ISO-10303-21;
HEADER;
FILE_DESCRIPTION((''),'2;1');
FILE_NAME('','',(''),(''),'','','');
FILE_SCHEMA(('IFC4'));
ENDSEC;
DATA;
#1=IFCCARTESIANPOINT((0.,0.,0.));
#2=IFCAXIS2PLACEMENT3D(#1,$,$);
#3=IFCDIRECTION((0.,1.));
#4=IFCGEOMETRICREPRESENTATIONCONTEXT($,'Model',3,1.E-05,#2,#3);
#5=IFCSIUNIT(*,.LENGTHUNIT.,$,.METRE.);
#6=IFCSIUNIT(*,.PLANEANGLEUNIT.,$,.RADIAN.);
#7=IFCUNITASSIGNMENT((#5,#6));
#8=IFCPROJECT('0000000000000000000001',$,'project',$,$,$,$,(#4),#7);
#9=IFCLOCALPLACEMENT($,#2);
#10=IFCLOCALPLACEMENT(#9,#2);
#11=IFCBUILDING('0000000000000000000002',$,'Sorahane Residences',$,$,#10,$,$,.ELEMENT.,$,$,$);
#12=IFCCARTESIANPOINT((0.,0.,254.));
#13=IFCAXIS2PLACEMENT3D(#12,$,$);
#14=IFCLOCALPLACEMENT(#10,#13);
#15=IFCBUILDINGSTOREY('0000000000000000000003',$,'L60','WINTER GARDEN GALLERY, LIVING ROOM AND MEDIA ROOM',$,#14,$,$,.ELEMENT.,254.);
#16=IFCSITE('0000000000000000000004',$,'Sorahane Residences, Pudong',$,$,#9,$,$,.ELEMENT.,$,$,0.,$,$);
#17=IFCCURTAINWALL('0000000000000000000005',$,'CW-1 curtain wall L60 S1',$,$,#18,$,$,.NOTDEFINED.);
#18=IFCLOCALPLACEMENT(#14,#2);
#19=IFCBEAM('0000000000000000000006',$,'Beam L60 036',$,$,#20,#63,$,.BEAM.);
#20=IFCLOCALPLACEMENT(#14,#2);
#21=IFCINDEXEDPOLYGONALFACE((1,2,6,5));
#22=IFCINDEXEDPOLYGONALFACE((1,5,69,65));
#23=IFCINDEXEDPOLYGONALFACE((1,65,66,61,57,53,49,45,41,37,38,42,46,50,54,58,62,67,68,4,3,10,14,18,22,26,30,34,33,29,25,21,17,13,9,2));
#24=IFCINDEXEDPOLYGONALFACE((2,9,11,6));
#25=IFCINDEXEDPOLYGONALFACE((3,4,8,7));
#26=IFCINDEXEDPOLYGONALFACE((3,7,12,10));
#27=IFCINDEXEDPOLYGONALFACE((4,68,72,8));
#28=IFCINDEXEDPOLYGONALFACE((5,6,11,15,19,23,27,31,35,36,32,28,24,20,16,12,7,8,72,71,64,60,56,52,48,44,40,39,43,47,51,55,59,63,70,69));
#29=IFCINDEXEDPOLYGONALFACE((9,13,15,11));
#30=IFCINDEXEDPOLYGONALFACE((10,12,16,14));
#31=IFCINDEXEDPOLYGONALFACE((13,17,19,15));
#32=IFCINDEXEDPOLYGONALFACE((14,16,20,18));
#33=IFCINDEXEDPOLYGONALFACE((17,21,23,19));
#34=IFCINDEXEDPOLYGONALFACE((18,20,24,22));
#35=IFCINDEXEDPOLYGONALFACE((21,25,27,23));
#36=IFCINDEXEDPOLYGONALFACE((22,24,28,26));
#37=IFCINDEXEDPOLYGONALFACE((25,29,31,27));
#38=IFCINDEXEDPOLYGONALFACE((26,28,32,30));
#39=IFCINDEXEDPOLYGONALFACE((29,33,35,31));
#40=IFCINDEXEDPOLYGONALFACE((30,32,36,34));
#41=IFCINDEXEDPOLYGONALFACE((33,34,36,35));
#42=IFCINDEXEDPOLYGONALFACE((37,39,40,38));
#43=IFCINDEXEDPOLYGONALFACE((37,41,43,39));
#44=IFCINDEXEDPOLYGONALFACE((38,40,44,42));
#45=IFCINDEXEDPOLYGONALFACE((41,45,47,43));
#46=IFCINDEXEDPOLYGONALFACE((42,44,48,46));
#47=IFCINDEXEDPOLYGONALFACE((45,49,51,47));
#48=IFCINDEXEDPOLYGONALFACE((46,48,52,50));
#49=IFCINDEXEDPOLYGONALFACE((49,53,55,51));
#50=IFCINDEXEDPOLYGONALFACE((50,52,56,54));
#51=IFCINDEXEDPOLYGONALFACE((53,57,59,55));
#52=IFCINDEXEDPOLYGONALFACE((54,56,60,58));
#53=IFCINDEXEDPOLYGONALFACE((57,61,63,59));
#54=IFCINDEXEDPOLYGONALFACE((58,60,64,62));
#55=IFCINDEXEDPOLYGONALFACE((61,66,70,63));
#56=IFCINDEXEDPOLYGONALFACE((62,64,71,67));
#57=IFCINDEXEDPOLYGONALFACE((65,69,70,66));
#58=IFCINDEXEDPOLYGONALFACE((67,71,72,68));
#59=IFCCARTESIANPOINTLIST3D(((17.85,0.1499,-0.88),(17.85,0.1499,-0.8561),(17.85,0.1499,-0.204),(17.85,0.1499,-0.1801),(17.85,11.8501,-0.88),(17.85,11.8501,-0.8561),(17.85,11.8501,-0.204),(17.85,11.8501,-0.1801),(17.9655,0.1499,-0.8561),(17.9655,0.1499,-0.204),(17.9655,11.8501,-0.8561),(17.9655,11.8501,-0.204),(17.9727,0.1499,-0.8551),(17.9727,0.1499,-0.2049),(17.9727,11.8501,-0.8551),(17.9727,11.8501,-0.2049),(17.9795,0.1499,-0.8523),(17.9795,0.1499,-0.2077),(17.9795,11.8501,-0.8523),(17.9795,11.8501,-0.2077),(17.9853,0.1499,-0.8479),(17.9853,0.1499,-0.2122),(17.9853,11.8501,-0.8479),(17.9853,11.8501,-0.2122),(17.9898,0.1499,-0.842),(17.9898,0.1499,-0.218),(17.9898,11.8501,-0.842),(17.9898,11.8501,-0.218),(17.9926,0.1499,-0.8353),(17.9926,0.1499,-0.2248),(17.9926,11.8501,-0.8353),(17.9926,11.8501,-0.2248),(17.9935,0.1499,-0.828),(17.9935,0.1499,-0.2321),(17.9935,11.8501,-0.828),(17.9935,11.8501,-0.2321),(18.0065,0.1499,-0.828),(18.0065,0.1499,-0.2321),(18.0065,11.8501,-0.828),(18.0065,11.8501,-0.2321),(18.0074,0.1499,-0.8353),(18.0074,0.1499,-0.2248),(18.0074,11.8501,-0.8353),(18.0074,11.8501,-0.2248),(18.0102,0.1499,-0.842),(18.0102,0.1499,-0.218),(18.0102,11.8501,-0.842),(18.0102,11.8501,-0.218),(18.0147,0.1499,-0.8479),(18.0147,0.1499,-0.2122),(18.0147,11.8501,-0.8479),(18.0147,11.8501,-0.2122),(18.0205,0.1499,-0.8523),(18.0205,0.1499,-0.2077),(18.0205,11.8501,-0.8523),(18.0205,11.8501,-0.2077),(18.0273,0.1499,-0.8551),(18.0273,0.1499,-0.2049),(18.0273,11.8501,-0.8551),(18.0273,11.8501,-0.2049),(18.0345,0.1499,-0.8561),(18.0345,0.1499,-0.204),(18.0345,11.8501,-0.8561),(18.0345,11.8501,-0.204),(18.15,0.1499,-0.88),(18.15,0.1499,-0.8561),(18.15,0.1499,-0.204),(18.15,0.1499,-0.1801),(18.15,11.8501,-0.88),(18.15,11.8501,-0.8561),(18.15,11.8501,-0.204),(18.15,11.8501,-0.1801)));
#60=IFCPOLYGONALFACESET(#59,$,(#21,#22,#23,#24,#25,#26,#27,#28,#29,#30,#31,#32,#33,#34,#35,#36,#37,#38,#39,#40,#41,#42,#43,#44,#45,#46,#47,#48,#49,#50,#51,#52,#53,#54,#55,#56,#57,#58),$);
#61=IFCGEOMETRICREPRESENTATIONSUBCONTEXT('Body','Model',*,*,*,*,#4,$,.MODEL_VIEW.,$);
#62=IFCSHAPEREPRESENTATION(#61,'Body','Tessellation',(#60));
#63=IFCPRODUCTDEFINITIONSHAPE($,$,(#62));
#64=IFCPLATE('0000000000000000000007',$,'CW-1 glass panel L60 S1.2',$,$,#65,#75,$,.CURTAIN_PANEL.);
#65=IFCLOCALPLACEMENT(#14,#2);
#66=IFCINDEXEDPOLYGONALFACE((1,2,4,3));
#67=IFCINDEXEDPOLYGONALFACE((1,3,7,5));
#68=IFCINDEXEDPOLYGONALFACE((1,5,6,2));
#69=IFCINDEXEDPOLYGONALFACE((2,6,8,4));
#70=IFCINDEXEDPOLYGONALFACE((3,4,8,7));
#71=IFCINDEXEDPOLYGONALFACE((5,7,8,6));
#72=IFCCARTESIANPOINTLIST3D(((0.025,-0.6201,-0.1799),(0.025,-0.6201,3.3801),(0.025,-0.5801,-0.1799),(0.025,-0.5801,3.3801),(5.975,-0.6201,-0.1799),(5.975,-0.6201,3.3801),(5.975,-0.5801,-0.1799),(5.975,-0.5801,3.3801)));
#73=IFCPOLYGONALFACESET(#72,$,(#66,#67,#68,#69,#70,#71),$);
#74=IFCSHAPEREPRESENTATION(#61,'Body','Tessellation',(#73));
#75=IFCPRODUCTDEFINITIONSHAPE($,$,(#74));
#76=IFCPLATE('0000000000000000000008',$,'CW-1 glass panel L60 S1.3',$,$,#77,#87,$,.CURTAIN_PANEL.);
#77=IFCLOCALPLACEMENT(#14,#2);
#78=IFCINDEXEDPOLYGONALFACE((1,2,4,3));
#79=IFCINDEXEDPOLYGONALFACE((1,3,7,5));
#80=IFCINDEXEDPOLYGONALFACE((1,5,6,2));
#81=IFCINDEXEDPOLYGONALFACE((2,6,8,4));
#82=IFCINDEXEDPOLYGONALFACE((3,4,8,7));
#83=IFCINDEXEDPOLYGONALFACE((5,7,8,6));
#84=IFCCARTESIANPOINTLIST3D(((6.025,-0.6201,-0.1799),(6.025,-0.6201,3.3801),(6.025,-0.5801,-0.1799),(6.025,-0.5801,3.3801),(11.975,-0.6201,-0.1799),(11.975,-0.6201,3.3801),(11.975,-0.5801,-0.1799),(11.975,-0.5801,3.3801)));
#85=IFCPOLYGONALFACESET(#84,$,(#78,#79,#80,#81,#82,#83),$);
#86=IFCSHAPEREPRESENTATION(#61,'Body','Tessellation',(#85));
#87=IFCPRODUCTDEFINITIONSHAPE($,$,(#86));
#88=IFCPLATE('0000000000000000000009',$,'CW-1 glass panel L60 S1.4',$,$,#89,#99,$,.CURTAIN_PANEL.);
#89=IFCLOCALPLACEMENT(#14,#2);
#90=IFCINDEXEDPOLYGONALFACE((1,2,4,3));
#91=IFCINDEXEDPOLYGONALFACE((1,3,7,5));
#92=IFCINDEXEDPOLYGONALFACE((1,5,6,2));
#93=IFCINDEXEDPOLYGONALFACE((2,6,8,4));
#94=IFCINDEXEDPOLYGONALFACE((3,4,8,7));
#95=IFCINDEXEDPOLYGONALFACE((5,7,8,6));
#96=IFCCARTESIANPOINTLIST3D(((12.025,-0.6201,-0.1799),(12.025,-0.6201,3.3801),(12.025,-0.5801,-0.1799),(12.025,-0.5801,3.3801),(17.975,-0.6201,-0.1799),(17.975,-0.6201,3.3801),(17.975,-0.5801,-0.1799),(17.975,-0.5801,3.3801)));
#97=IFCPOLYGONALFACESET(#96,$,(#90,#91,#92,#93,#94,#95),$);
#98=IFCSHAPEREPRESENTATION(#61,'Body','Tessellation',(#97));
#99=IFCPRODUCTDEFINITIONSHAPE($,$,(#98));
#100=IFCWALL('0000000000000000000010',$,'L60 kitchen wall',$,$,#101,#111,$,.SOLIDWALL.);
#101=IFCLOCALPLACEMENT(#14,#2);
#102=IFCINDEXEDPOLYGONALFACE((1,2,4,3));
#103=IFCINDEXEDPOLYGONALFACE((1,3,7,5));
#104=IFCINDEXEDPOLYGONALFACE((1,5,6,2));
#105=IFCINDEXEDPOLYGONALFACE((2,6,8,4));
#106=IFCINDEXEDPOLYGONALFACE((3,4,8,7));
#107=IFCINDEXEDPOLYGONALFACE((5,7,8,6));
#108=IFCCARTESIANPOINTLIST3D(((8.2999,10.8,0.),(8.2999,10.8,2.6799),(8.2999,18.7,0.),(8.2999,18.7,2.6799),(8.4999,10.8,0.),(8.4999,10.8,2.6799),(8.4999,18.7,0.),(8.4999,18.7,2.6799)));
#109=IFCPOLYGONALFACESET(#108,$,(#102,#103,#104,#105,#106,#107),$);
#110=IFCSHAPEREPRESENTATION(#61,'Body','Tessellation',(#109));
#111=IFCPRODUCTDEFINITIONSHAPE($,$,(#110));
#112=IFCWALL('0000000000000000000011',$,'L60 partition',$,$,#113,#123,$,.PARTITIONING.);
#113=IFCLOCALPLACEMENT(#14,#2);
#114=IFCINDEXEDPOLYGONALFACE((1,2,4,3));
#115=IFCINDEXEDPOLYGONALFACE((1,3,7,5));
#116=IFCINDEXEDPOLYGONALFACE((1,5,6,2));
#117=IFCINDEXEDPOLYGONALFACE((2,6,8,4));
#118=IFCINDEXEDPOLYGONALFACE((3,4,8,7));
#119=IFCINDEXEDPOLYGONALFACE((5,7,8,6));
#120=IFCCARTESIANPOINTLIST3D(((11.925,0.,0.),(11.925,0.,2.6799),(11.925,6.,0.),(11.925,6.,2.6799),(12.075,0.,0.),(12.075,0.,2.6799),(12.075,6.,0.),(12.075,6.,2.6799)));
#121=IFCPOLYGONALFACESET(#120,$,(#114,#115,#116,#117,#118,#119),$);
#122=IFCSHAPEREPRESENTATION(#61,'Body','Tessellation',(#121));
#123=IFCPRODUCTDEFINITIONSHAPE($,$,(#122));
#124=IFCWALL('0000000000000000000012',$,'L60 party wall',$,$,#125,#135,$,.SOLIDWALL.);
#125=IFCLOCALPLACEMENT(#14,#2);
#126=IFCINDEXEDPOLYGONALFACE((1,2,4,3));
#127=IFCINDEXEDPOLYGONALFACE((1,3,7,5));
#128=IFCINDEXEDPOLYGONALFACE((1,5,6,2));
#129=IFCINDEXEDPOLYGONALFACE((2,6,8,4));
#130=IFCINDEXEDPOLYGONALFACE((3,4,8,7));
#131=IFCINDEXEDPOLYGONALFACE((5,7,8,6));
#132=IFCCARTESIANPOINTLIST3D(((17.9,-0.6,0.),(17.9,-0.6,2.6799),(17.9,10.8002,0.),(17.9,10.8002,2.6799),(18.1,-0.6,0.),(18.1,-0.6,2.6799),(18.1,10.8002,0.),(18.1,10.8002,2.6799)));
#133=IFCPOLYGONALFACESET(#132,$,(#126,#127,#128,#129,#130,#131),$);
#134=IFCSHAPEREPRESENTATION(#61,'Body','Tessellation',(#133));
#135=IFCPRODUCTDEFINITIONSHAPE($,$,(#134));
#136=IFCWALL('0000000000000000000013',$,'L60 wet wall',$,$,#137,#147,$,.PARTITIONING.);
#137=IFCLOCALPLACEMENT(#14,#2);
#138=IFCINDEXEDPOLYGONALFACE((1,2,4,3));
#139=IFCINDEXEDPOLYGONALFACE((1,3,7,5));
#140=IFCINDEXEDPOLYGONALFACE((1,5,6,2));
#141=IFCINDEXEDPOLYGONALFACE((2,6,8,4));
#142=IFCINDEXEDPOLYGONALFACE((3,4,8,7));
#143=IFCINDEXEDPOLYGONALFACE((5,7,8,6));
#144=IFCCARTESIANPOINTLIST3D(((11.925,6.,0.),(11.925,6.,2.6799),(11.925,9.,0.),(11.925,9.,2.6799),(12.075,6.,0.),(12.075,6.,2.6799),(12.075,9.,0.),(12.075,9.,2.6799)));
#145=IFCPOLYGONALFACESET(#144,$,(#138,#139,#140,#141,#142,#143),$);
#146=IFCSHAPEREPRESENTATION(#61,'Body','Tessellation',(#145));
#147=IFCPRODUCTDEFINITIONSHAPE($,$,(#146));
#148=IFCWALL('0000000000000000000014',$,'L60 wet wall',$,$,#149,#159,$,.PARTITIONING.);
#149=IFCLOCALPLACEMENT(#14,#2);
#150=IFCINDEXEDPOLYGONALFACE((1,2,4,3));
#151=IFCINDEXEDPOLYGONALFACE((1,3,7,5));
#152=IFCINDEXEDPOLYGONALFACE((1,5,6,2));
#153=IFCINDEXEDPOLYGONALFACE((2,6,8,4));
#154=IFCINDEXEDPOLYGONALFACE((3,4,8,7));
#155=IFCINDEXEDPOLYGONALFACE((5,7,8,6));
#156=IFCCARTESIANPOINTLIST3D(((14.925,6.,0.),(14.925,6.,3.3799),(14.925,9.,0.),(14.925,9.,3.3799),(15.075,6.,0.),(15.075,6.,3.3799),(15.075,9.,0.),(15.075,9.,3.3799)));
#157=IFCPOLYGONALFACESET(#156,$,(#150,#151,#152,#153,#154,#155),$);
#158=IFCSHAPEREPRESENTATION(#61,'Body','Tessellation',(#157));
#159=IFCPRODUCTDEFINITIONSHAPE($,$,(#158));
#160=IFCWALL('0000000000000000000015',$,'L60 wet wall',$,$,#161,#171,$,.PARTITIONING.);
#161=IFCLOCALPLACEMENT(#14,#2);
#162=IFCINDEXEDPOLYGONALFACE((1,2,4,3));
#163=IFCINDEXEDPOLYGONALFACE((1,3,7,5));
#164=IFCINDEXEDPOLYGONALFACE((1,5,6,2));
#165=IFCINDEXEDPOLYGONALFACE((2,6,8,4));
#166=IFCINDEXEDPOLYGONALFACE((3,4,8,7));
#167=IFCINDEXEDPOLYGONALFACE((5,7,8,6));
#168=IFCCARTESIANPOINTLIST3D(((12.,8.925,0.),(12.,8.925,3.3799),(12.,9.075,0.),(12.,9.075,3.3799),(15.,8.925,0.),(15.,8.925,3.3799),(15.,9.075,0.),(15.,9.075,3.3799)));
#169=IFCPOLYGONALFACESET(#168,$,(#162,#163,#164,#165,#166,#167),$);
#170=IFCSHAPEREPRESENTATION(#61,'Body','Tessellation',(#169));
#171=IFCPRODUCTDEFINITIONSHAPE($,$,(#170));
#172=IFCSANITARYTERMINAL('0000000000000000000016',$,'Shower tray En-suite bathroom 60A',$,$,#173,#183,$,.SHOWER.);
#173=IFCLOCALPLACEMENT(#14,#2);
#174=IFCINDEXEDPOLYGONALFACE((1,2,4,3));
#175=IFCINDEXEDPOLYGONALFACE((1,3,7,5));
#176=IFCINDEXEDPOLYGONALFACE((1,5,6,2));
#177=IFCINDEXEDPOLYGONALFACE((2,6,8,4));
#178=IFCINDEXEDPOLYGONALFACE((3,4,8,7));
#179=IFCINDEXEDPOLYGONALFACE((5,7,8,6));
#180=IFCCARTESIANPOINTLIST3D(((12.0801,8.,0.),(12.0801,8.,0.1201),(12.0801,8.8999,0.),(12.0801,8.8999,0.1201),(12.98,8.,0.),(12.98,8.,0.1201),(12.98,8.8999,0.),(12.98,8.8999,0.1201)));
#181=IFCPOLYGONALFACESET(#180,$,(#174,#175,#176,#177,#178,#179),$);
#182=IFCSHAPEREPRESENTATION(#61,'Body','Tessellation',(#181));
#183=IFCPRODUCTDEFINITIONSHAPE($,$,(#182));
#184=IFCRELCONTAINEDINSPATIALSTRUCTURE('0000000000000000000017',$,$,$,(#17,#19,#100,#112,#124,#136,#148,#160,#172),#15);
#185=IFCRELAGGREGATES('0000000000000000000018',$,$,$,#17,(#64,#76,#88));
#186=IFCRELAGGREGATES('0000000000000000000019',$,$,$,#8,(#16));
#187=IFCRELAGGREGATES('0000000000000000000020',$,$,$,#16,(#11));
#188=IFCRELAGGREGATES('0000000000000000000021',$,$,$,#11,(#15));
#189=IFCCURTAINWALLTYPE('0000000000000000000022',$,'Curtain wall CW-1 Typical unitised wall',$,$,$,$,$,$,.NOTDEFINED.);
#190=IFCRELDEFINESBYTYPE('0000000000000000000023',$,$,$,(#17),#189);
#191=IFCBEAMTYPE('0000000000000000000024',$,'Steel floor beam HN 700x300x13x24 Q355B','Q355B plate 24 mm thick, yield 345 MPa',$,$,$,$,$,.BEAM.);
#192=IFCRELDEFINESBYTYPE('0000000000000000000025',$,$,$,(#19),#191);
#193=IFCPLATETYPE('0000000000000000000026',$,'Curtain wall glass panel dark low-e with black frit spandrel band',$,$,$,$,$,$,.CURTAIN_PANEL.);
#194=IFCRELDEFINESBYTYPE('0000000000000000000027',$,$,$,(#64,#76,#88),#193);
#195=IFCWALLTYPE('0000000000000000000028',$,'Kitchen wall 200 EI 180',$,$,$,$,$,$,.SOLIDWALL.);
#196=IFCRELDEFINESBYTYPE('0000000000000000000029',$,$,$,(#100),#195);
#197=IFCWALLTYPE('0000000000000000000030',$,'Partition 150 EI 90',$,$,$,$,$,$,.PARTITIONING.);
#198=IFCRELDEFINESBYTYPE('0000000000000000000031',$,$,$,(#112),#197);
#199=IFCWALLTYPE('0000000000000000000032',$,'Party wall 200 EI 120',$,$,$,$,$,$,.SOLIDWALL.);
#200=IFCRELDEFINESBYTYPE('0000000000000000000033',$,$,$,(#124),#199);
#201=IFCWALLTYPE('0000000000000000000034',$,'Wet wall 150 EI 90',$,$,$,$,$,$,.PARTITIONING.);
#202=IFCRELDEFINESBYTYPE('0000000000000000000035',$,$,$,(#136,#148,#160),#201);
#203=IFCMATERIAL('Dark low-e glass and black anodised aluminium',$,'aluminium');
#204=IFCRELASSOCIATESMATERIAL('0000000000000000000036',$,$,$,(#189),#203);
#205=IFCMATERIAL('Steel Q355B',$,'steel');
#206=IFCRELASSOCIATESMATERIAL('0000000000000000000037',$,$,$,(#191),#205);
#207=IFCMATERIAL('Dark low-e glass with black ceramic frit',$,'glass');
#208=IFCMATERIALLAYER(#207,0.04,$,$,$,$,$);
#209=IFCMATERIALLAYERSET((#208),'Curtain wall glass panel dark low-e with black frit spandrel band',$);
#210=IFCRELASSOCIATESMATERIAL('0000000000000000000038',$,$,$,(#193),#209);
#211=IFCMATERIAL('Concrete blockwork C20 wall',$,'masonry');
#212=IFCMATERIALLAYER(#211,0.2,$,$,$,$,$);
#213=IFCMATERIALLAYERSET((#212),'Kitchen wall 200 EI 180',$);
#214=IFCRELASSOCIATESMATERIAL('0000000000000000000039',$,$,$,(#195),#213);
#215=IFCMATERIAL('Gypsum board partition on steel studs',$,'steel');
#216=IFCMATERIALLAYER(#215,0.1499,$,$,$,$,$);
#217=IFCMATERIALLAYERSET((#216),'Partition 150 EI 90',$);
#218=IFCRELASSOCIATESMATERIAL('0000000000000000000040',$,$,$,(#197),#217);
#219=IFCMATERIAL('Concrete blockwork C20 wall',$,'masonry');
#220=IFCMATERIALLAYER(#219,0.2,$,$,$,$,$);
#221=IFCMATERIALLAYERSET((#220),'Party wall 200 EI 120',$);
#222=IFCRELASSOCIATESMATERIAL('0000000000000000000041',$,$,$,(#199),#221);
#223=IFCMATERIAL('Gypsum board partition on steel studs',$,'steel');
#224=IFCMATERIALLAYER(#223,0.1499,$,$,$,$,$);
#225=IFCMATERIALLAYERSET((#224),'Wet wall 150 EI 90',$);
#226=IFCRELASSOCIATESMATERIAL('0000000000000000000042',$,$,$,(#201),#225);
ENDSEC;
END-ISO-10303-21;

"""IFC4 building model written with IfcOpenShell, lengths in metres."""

from ifc_helpers import new_model, si_unit, direction, frame, frame_2d, origin, origin_2d, place, context, subcontext, project, spatial, rectangle, i_section, extrude, material, layer, layer_set, material_profile, profile_set, type_object, element, aggregate, save


model = new_model("IFC4")

# Units and contexts
model_context = context("Model", 3, precision=1e-05, world=origin(), true_north=direction((0.0, 1.0)))
body_context = subcontext(model_context, "Body", "Model", "MODEL_VIEW")
ifc_project = project(units=[si_unit("LENGTHUNIT", "METRE"), si_unit("PLANEANGLEUNIT", "RADIAN")], contexts=[model_context])

# Site, building, storey
site_placement = place(None, origin())
site = spatial("IfcSite", under=ifc_project, at=site_placement, Name="Sorahane Residences, Pudong", CompositionType="ELEMENT", RefElevation=0.0)
building_placement = place(site_placement, origin())
building = spatial("IfcBuilding", under=site, at=building_placement, Name="Sorahane Residences", CompositionType="ELEMENT")
storey_placement = place(building_placement, frame((0.0, 0.0, 254.0)))
storey = spatial("IfcBuildingStorey", under=building, at=storey_placement, Name="L60", Description="WINTER GARDEN GALLERY, LIVING ROOM AND MEDIA ROOM", CompositionType="ELEMENT", Elevation=254.0)

# Curtain wall
ifc_material_1 = material(Name="Dark low-e glass and black anodised aluminium", Category="aluminium")
curtain_wall_type = type_object("IfcCurtainWallType", Name="Curtain wall CW-1 Typical unitised wall", PredefinedType="NOTDEFINED", material=ifc_material_1)
curtain_wall_placement = place(storey_placement, origin())
curtain_wall = element("IfcCurtainWall", 1, at=curtain_wall_placement, inside=storey, type_object=curtain_wall_type, Name="CW-1 curtain wall L60 S1", PredefinedType="NOTDEFINED")

# Beam
ifc_material_2 = material(Name="Steel Q355B", Category="steel")
ifc_material_profile_1 = material_profile(ifc_material_2, i_section(OverallWidth=0.3, OverallDepth=0.7, WebThickness=0.0129, FlangeThickness=0.0239, FilletRadius=0.0281, at=origin_2d()), Name="HN 700x300x13x24")
ifc_profile_set_1 = profile_set([ifc_material_profile_1], Name="Steel Q355B")
beam_type_1 = type_object("IfcBeamType", Name="Steel floor beam HN 700x300x13x24 Q355B", Description="Q355B plate 24 mm thick, yield 345 MPa", PredefinedType="BEAM", material=ifc_profile_set_1)
beam_1_placement = place(storey_placement, frame((18.0, 0.1499, -0.53), z_axis=(0.0, 1.0, 0.0), x_axis=(-1.0, 0.0, 0.0)))
element("IfcBeam", 2, at=beam_1_placement, inside=storey, type_object=beam_type_1, Name="Beam L60 036", PredefinedType="BEAM", context=body_context, shape_type="SweptSolid", body=[
    extrude(i_section(OverallWidth=0.3, OverallDepth=0.7, WebThickness=0.0129, FlangeThickness=0.0239, FilletRadius=0.0281, at=origin_2d()), origin(), (0.0, 0.0, 1.0), 11.7002),
])

# Plates
ifc_material_3 = material(Name="Dark low-e glass with black ceramic frit", Category="glass")
ifc_layer_1 = layer(ifc_material_3, 0.04)
ifc_layer_set_1 = layer_set([ifc_layer_1], Name="Curtain wall glass panel dark low-e with black frit spandrel band")
plate_type = type_object("IfcPlateType", Name="Curtain wall glass panel dark low-e with black frit spandrel band", PredefinedType="CURTAIN_PANEL", material=ifc_layer_set_1)
plate_1_placement = place(storey_placement, frame((3.0, -0.6001, -0.1799), z_axis=(0.0, 0.0, 1.0), x_axis=(1.0, 0.0, 0.0)))
plate_1 = element("IfcPlate", 3, at=plate_1_placement, type_object=plate_type, Name="CW-1 glass panel L60 S1.2", PredefinedType="CURTAIN_PANEL", context=body_context, shape_type="SweptSolid", body=[
    extrude(rectangle(XDim=5.95, YDim=0.04, at=origin_2d()), origin(), (0.0, 0.0, 1.0), 3.5601),
])
plate_2_placement = place(storey_placement, frame((9.0, -0.6001, -0.1799), z_axis=(0.0, 0.0, 1.0), x_axis=(1.0, 0.0, 0.0)))
plate_2 = element("IfcPlate", 4, at=plate_2_placement, type_object=plate_type, Name="CW-1 glass panel L60 S1.3", PredefinedType="CURTAIN_PANEL", context=body_context, shape_type="SweptSolid", body=[
    extrude(rectangle(XDim=5.95, YDim=0.04, at=origin_2d()), origin(), (0.0, 0.0, 1.0), 3.5601),
])
plate_3_placement = place(storey_placement, frame((15.0, -0.6001, -0.1799), z_axis=(0.0, 0.0, 1.0), x_axis=(1.0, 0.0, 0.0)))
plate_3 = element("IfcPlate", 5, at=plate_3_placement, type_object=plate_type, Name="CW-1 glass panel L60 S1.4", PredefinedType="CURTAIN_PANEL", context=body_context, shape_type="SweptSolid", body=[
    extrude(rectangle(XDim=5.95, YDim=0.04, at=origin_2d()), origin(), (0.0, 0.0, 1.0), 3.5601),
])
aggregate(curtain_wall, [plate_1, plate_2, plate_3])

# Walls
ifc_material_4 = material(Name="Concrete blockwork C20 wall", Category="masonry")
ifc_layer_2 = layer(ifc_material_4, 0.2)
ifc_layer_set_2 = layer_set([ifc_layer_2], Name="Kitchen wall 200 EI 180")
wall_type_1 = type_object("IfcWallType", Name="Kitchen wall 200 EI 180", PredefinedType="SOLIDWALL", material=ifc_layer_set_2)
wall_1_placement = place(storey_placement, frame((8.3999, 10.8, 0.0), z_axis=(0.0, 0.0, 1.0), x_axis=(0.0, 1.0, 0.0)))
element("IfcWall", 6, at=wall_1_placement, inside=storey, type_object=wall_type_1, Name="L60 kitchen wall", PredefinedType="SOLIDWALL", context=body_context, shape_type="SweptSolid", body=[
    extrude(rectangle(XDim=7.8999, YDim=0.2, at=frame_2d((3.95, 0.0))), origin(), (0.0, 0.0, 1.0), 2.6799),
])
ifc_material_5 = material(Name="Gypsum board partition on steel studs", Category="steel")
ifc_layer_3 = layer(ifc_material_5, 0.1499)
ifc_layer_set_3 = layer_set([ifc_layer_3], Name="Partition 150 EI 90")
wall_type_2 = type_object("IfcWallType", Name="Partition 150 EI 90", PredefinedType="PARTITIONING", material=ifc_layer_set_3)
wall_2_placement = place(storey_placement, frame((12.0, 0.0, 0.0), z_axis=(0.0, 0.0, 1.0), x_axis=(0.0, 1.0, 0.0)))
element("IfcWall", 7, at=wall_2_placement, inside=storey, type_object=wall_type_2, Name="L60 partition", PredefinedType="PARTITIONING", context=body_context, shape_type="SweptSolid", body=[
    extrude(rectangle(XDim=6.0, YDim=0.1499, at=frame_2d((3.0, 0.0))), origin(), (0.0, 0.0, 1.0), 2.6799),
])

# Walls
ifc_material_6 = material(Name="Concrete blockwork C20 wall", Category="masonry")
ifc_layer_4 = layer(ifc_material_6, 0.2)
ifc_layer_set_4 = layer_set([ifc_layer_4], Name="Party wall 200 EI 120")
wall_type_3 = type_object("IfcWallType", Name="Party wall 200 EI 120", PredefinedType="SOLIDWALL", material=ifc_layer_set_4)
wall_3_placement = place(storey_placement, frame((18.0, -0.6001, 0.0), z_axis=(0.0, 0.0, 1.0), x_axis=(0.0, 1.0, 0.0)))
element("IfcWall", 8, at=wall_3_placement, inside=storey, type_object=wall_type_3, Name="L60 party wall", PredefinedType="SOLIDWALL", context=body_context, shape_type="SweptSolid", body=[
    extrude(rectangle(XDim=11.4001, YDim=0.2, at=frame_2d((5.7002, 0.0))), origin(), (0.0, 0.0, 1.0), 2.6799),
])
ifc_material_7 = material(Name="Gypsum board partition on steel studs", Category="steel")
ifc_layer_5 = layer(ifc_material_7, 0.1499)
ifc_layer_set_5 = layer_set([ifc_layer_5], Name="Wet wall 150 EI 90")
wall_type_4 = type_object("IfcWallType", Name="Wet wall 150 EI 90", PredefinedType="PARTITIONING", material=ifc_layer_set_5)
wall_4_placement = place(storey_placement, frame((12.0, 6.0, 0.0), z_axis=(0.0, 0.0, 1.0), x_axis=(0.0, 1.0, 0.0)))
element("IfcWall", 9, at=wall_4_placement, inside=storey, type_object=wall_type_4, Name="L60 wet wall", PredefinedType="PARTITIONING", context=body_context, shape_type="SweptSolid", body=[
    extrude(rectangle(XDim=3.0, YDim=0.1499, at=frame_2d((1.5, 0.0))), origin(), (0.0, 0.0, 1.0), 2.6799),
])
wall_5_placement = place(storey_placement, frame((15.0, 6.0, 0.0), z_axis=(0.0, 0.0, 1.0), x_axis=(0.0, 1.0, 0.0)))
element("IfcWall", 10, at=wall_5_placement, inside=storey, type_object=wall_type_4, Name="L60 wet wall", PredefinedType="PARTITIONING", context=body_context, shape_type="SweptSolid", body=[
    extrude(rectangle(XDim=3.0, YDim=0.1499, at=frame_2d((1.5, 0.0))), origin(), (0.0, 0.0, 1.0), 3.3799),
])

# Wall
wall_6_placement = place(storey_placement, frame((12.0, 9.0, 0.0), z_axis=(0.0, 0.0, 1.0), x_axis=(1.0, 0.0, 0.0)))
element("IfcWall", 11, at=wall_6_placement, inside=storey, type_object=wall_type_4, Name="L60 wet wall", PredefinedType="PARTITIONING", context=body_context, shape_type="SweptSolid", body=[
    extrude(rectangle(XDim=3.0, YDim=0.1499, at=frame_2d((1.5, 0.0))), origin(), (0.0, 0.0, 1.0), 3.3799),
])

# Sanitary terminal
sanitary_terminal_1_placement = place(storey_placement, frame((12.53, 8.45, 0.0), z_axis=(0.0, 0.0, 1.0), x_axis=(1.0, 0.0, 0.0)))
element("IfcSanitaryTerminal", 12, at=sanitary_terminal_1_placement, inside=storey, Name="Shower tray En-suite bathroom 60A", PredefinedType="SHOWER", context=body_context, shape_type="SweptSolid", body=[
    extrude(rectangle(XDim=0.8999, YDim=0.8999, at=origin_2d()), origin(), (0.0, 0.0, 1.0), 0.1201),
])

save(model, "model.ifc")
